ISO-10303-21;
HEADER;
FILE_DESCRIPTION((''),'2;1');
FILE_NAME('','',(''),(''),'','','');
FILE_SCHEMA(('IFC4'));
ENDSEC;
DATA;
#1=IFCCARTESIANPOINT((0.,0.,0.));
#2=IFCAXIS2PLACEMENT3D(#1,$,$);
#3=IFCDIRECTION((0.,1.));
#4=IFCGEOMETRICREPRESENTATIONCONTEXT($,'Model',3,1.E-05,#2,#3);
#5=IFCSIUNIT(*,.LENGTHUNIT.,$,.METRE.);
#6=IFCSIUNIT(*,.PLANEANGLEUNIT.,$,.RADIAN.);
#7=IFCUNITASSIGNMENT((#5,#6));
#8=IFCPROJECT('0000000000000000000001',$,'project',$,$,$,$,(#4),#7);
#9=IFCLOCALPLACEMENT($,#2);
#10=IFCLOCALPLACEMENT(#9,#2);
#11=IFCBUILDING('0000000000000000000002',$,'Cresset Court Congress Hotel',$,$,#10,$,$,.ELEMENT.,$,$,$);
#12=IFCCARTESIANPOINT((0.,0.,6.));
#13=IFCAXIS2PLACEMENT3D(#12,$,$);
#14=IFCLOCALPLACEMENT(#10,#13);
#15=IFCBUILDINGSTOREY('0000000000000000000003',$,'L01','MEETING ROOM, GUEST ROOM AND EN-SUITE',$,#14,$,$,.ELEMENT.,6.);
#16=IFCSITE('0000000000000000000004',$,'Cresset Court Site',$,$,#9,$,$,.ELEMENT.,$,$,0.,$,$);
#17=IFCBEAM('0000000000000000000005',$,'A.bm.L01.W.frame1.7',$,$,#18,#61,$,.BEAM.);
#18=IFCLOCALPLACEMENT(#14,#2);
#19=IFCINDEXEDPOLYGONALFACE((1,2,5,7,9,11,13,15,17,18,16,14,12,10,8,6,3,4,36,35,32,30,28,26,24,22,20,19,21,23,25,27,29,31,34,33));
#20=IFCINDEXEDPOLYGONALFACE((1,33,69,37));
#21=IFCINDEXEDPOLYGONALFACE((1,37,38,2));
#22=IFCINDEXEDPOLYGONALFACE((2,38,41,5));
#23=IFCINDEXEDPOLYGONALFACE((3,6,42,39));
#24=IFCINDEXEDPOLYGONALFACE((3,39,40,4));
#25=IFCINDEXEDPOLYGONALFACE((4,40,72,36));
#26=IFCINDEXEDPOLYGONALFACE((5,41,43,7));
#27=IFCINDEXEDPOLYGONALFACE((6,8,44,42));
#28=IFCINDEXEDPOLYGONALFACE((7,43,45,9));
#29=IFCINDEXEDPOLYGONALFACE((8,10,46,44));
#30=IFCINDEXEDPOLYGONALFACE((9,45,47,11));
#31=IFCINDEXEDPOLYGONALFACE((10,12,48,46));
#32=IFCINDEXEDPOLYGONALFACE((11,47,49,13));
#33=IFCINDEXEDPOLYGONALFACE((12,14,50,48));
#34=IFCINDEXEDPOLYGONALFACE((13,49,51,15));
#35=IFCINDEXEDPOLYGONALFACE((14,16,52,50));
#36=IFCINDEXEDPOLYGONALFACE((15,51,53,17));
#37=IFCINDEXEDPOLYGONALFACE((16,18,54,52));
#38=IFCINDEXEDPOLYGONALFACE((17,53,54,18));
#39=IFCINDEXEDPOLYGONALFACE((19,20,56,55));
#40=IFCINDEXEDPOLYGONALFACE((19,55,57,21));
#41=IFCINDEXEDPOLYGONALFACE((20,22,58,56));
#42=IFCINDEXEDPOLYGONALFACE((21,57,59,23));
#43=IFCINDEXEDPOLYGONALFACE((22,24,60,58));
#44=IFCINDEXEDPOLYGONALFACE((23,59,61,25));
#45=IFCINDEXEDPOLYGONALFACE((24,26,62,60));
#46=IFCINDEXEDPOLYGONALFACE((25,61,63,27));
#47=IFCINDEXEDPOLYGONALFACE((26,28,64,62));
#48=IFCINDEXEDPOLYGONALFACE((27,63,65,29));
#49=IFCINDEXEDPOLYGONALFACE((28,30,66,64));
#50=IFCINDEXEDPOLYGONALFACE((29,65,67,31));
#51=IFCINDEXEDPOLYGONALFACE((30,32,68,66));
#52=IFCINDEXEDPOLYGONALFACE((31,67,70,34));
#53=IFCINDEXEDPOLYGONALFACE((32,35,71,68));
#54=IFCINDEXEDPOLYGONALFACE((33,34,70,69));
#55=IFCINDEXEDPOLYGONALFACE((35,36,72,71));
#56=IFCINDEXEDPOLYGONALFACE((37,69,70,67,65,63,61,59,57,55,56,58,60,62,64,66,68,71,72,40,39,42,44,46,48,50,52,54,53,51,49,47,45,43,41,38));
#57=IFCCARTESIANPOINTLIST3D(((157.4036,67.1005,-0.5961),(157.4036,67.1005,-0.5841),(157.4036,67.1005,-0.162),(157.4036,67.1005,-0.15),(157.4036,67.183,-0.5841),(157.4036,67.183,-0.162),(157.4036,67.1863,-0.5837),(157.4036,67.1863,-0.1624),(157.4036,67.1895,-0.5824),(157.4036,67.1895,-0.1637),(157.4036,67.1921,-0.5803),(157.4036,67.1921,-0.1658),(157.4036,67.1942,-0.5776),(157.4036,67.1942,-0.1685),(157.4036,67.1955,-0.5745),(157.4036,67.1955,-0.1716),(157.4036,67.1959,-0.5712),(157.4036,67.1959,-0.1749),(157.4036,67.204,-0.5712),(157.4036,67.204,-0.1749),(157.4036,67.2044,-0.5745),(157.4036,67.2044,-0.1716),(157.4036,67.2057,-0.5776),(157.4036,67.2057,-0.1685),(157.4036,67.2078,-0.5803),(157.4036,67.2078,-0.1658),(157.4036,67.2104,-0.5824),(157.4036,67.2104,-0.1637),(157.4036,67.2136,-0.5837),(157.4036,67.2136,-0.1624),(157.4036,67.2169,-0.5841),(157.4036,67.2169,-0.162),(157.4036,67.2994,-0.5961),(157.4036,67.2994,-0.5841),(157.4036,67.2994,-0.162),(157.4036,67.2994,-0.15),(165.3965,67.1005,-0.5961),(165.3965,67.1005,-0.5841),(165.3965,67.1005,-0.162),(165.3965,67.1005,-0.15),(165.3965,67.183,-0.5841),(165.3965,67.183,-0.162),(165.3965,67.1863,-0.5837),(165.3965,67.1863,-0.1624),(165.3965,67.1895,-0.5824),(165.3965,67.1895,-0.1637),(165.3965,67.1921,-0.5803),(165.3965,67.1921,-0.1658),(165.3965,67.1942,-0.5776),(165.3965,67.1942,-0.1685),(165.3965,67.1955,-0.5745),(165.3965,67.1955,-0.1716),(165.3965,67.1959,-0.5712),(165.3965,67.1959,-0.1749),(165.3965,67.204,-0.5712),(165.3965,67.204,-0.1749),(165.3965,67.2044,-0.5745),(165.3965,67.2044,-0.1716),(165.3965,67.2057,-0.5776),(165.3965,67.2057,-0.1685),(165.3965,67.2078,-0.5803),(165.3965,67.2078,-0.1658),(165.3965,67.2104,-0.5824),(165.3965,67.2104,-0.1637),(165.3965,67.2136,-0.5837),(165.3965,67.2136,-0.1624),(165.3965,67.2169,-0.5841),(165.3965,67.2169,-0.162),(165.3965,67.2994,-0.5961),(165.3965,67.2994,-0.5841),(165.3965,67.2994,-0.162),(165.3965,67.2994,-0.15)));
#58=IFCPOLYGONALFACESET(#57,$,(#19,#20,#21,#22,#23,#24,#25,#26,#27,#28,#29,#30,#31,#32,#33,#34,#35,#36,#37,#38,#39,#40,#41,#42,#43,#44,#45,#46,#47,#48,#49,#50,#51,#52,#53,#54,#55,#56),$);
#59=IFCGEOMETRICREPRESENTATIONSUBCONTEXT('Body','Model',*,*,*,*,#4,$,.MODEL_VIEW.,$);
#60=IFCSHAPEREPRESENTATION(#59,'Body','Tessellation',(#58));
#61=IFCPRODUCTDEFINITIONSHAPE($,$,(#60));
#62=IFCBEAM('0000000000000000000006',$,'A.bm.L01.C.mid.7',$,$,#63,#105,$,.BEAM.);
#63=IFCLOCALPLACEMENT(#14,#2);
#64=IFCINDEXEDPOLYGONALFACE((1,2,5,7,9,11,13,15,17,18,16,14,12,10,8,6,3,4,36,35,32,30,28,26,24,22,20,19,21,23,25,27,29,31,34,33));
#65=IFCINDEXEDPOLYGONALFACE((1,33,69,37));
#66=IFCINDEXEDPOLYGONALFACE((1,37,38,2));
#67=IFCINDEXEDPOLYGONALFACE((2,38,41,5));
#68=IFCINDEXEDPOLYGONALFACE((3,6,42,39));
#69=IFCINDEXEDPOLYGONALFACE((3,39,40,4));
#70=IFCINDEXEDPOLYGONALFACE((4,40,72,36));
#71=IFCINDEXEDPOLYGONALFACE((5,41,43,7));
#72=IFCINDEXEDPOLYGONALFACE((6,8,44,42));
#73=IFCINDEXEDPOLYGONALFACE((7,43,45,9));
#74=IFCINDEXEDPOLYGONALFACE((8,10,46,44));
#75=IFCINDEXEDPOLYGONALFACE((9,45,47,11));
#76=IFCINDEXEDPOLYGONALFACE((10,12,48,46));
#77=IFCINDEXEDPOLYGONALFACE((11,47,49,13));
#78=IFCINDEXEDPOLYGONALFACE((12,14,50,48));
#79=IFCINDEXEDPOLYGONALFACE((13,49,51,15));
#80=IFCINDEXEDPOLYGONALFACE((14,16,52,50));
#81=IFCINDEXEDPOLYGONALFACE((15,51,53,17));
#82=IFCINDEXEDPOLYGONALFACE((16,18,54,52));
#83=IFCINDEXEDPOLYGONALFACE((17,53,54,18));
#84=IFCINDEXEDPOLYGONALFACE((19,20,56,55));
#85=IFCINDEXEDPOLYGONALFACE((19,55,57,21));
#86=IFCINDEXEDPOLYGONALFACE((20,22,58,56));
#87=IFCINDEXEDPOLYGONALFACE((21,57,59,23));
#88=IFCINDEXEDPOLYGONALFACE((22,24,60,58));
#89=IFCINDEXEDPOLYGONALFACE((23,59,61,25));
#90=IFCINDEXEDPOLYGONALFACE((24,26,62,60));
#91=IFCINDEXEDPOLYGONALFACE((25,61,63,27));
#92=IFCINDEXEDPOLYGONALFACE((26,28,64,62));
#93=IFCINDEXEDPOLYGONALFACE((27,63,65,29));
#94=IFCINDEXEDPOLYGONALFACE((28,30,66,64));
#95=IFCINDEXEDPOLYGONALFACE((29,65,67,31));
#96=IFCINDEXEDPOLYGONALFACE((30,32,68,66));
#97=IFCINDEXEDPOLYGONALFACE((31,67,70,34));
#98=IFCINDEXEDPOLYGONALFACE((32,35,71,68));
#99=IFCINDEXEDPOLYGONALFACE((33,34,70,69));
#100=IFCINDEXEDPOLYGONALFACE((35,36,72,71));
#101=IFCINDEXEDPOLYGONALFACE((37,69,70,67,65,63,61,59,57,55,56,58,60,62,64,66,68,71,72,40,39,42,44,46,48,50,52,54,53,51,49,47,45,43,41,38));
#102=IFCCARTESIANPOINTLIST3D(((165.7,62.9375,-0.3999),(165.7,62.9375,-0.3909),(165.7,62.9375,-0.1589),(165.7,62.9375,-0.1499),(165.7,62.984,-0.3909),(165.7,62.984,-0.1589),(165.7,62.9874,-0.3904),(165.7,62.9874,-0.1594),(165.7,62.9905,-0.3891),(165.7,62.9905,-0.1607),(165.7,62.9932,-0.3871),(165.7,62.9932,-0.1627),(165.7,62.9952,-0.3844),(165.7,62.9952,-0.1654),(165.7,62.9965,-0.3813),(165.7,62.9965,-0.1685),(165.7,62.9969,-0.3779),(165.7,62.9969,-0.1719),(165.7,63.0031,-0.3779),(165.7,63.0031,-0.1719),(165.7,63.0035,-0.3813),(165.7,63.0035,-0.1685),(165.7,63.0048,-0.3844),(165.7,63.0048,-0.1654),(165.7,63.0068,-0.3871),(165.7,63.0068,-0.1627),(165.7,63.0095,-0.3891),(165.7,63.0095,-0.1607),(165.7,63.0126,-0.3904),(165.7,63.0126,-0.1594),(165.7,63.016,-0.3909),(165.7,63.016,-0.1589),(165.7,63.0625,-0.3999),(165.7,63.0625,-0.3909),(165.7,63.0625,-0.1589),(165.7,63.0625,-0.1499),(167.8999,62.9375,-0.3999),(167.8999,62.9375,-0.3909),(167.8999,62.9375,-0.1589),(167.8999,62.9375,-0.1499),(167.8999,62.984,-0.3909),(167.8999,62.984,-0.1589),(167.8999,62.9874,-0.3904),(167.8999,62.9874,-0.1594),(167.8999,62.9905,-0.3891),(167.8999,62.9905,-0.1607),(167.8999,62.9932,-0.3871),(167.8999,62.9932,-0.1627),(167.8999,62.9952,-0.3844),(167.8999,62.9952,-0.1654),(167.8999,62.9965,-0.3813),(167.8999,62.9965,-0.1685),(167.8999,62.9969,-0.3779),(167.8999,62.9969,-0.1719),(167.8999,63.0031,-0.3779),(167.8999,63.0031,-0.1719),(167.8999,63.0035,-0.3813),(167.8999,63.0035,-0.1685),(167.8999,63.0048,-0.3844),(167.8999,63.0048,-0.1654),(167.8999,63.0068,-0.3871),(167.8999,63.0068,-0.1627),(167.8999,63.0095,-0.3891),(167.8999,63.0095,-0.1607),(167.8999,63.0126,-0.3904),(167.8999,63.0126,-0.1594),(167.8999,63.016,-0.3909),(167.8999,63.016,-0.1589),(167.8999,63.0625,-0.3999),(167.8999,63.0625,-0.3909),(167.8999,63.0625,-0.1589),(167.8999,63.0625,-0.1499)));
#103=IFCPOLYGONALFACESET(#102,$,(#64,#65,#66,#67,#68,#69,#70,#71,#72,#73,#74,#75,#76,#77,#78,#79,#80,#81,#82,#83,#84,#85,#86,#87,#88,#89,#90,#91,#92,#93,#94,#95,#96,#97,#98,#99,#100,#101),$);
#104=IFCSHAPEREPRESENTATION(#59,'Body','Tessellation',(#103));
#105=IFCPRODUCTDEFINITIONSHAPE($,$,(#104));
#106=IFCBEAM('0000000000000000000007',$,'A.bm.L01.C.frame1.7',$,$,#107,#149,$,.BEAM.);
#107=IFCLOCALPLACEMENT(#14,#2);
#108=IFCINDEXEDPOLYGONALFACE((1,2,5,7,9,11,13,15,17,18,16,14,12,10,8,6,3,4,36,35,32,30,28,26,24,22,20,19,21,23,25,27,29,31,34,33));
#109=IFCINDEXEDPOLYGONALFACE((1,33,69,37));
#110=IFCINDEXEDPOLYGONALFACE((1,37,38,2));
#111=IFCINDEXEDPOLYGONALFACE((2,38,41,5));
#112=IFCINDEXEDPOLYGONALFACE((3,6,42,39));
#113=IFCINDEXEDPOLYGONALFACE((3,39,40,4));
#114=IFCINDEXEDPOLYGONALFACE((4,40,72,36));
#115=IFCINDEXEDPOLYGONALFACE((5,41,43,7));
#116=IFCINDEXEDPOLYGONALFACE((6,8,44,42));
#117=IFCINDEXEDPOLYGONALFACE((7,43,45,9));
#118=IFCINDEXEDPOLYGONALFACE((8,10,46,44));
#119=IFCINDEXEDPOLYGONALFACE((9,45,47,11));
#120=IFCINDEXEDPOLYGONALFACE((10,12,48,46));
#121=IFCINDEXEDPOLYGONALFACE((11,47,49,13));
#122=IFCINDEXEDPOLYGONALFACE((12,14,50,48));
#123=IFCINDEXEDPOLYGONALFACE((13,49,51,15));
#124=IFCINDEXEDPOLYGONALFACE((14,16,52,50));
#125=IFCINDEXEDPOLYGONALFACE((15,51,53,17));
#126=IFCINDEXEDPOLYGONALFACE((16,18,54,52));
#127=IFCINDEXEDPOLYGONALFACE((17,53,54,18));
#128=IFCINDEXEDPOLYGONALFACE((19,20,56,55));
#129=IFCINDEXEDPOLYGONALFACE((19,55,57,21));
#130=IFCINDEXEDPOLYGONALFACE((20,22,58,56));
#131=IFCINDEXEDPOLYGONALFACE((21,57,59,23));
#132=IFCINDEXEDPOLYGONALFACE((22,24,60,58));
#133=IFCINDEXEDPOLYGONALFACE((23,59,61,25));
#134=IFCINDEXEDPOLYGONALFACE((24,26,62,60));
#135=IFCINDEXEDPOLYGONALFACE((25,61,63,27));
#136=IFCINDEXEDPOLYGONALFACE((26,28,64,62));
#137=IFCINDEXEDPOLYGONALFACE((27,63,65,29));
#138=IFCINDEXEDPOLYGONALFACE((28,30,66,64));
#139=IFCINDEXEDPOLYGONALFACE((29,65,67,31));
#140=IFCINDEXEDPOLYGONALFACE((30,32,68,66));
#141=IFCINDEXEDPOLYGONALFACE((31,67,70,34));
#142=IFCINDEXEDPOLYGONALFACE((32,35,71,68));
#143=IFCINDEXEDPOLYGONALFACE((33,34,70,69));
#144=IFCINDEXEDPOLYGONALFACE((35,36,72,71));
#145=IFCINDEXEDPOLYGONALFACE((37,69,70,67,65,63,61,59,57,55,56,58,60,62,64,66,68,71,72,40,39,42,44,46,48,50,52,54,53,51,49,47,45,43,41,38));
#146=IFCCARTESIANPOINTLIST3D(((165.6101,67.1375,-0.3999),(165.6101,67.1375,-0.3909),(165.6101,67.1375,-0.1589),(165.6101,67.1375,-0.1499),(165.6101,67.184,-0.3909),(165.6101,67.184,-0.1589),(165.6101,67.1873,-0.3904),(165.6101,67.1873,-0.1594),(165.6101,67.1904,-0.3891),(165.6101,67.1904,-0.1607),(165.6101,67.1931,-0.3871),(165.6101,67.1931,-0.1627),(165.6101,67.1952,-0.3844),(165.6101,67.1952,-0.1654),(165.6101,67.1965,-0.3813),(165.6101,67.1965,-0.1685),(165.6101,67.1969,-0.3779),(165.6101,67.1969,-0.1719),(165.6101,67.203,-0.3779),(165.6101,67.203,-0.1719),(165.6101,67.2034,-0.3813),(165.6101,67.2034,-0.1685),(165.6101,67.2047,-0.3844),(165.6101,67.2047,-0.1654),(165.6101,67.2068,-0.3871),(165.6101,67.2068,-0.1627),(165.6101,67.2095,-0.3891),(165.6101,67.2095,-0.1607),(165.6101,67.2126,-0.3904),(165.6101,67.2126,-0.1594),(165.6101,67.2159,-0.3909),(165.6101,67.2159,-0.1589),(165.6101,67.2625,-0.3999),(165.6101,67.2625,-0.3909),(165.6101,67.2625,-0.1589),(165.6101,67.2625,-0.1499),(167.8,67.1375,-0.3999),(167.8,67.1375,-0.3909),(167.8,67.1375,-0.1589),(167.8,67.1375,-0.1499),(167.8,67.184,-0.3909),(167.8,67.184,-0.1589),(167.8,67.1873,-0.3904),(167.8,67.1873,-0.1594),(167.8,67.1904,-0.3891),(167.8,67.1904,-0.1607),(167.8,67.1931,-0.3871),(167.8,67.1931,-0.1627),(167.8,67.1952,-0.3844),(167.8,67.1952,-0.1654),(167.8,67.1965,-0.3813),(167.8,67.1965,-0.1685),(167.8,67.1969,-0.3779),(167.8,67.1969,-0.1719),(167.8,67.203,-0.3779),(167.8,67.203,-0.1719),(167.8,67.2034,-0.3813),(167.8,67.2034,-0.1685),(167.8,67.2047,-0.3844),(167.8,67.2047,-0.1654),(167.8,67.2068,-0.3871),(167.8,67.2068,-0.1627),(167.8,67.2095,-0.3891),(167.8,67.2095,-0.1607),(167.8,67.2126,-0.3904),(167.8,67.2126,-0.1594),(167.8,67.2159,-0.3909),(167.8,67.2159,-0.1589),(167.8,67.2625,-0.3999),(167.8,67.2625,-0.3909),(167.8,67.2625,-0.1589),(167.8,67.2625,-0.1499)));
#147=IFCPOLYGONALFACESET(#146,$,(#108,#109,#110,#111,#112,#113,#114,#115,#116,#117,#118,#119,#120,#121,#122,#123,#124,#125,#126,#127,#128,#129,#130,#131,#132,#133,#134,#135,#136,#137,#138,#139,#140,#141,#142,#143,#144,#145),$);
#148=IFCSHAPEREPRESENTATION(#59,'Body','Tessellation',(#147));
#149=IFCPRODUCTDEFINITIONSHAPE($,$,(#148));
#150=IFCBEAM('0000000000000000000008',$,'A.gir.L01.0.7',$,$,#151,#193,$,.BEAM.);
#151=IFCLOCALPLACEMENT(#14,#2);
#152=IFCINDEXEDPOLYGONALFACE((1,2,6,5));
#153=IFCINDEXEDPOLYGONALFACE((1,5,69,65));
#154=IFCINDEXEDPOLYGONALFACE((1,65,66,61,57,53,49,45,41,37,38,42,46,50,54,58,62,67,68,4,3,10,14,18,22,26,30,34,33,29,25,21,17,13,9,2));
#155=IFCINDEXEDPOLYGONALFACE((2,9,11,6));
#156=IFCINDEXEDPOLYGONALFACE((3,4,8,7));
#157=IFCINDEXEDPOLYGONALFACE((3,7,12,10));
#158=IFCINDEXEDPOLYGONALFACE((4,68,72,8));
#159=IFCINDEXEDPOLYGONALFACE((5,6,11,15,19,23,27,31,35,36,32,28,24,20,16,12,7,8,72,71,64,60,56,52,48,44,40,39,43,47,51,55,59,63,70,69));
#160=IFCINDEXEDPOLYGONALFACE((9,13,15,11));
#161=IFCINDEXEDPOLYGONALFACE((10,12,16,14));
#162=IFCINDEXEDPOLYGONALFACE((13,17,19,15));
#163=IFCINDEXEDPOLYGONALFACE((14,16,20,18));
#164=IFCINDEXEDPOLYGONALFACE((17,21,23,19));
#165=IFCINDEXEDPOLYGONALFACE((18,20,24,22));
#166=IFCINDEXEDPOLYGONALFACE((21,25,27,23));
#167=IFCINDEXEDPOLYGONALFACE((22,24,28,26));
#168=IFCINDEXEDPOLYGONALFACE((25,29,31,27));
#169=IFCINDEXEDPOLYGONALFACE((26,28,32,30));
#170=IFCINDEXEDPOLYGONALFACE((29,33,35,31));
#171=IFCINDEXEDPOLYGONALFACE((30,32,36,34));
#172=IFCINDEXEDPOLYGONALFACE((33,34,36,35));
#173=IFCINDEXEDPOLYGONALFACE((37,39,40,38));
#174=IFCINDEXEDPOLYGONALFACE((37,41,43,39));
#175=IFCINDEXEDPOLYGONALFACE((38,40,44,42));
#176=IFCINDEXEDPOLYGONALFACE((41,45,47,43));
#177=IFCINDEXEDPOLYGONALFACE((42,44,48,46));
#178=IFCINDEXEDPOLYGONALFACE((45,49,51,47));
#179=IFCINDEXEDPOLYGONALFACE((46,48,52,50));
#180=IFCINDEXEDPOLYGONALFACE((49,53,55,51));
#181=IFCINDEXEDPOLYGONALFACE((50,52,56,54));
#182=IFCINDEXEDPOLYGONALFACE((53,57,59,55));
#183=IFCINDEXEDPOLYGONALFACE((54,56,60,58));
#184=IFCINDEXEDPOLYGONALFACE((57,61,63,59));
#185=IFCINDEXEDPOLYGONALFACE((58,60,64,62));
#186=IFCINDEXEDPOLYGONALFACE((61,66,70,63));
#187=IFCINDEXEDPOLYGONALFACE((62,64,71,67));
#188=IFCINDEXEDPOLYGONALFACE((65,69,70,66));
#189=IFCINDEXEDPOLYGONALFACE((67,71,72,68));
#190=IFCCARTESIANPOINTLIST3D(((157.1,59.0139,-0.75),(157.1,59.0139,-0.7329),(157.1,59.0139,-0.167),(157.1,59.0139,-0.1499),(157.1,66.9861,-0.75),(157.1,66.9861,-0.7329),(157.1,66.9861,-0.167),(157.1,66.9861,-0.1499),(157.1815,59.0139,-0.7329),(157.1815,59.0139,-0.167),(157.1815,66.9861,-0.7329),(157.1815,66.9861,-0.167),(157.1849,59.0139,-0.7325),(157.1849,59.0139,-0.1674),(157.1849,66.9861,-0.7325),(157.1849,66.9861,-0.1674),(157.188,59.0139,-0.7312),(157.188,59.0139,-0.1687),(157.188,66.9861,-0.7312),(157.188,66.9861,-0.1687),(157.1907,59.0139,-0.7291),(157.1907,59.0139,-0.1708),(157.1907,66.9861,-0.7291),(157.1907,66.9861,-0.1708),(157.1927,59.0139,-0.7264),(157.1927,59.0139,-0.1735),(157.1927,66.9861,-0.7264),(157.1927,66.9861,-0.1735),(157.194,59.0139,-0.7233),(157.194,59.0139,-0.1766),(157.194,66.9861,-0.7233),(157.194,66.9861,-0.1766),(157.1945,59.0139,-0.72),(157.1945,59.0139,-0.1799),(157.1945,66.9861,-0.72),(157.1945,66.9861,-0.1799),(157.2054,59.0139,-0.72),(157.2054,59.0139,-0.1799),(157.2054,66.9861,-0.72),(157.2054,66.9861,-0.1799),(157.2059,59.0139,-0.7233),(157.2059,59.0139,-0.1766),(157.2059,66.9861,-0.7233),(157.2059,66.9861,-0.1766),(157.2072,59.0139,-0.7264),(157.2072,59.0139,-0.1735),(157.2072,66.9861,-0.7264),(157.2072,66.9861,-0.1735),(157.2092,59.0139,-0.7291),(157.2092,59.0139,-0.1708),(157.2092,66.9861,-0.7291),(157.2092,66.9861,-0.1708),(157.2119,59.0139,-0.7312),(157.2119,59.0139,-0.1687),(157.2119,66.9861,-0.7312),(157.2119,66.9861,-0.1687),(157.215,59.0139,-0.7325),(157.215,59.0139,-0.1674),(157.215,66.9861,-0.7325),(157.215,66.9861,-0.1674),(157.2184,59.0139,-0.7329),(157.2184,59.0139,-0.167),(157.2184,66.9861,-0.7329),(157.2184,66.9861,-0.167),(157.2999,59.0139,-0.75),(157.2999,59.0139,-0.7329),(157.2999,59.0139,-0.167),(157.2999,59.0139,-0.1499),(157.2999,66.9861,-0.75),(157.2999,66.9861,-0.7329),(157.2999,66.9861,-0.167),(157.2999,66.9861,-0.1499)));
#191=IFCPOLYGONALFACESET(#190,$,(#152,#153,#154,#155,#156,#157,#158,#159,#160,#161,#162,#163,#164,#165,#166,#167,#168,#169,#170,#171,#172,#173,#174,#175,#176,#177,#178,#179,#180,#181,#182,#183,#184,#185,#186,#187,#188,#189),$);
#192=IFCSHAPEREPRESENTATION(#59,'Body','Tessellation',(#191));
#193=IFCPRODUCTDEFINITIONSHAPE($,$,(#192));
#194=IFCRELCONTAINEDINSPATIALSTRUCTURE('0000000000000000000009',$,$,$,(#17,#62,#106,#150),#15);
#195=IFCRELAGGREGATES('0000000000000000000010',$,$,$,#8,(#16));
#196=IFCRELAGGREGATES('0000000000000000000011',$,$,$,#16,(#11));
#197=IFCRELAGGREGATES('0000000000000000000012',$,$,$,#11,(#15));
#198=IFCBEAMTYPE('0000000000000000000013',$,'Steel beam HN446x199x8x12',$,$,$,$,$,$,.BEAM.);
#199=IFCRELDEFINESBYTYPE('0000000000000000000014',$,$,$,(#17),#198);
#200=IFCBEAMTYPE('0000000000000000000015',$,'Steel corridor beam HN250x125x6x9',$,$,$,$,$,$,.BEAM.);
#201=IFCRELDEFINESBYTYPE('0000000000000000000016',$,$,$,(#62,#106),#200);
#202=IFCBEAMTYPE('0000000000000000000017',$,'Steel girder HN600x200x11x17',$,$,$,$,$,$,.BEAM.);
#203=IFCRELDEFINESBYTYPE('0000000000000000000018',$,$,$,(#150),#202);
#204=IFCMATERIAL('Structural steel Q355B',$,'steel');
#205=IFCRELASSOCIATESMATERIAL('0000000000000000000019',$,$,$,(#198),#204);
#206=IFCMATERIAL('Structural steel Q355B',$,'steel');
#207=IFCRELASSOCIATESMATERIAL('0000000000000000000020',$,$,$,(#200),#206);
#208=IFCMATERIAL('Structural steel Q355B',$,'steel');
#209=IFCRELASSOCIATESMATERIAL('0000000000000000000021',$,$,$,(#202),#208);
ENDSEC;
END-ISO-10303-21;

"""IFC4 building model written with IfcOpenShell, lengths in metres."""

from ifc_helpers import new_model, si_unit, direction, frame, origin, origin_2d, place, context, subcontext, project, spatial, i_section, extrude, material, material_profile, profile_set, type_object, element, save


model = new_model("IFC4")

# Units and contexts
model_context = context("Model", 3, precision=1e-05, world=origin(), true_north=direction((0.0, 1.0)))
body_context = subcontext(model_context, "Body", "Model", "MODEL_VIEW")
ifc_project = project(units=[si_unit("LENGTHUNIT", "METRE"), si_unit("PLANEANGLEUNIT", "RADIAN")], contexts=[model_context])

# Site, building, storey
site_placement = place(None, origin())
site = spatial("IfcSite", under=ifc_project, at=site_placement, Name="Cresset Court Site", CompositionType="ELEMENT", RefElevation=0.0)
building_placement = place(site_placement, origin())
building = spatial("IfcBuilding", under=site, at=building_placement, Name="Cresset Court Congress Hotel", CompositionType="ELEMENT")
storey_placement = place(building_placement, frame((0.0, 0.0, 6.0)))
storey = spatial("IfcBuildingStorey", under=building, at=storey_placement, Name="L01", Description="MEETING ROOM, GUEST ROOM AND EN-SUITE", CompositionType="ELEMENT", Elevation=6.0)

# Beams
ifc_material_1 = material(Name="Structural steel Q355B", Category="steel")
ifc_material_profile_1 = material_profile(ifc_material_1, i_section(OverallWidth=0.199, OverallDepth=0.446, WebThickness=0.0081, FlangeThickness=0.012, FilletRadius=0.0129, at=origin_2d()), Name="HN446x199x8x12")
ifc_profile_set_1 = profile_set([ifc_material_profile_1], Name="Structural steel Q355B")
beam_type_1 = type_object("IfcBeamType", Name="Steel beam HN446x199x8x12", PredefinedType="BEAM", material=ifc_profile_set_1)
beam_1_placement = place(storey_placement, frame((157.4036, 67.2, -0.373), z_axis=(1.0, 0.0, 0.0), x_axis=(0.0, 1.0, 0.0)))
element("IfcBeam", 1, at=beam_1_placement, inside=storey, type_object=beam_type_1, Name="A.bm.L01.W.frame1.7", PredefinedType="BEAM", context=body_context, shape_type="SweptSolid", body=[
    extrude(i_section(OverallWidth=0.199, OverallDepth=0.446, WebThickness=0.0081, FlangeThickness=0.012, FilletRadius=0.0129, at=origin_2d()), origin(), (0.0, 0.0, 1.0), 7.9929),
])
ifc_material_2 = material(Name="Structural steel Q355B", Category="steel")
ifc_material_profile_2 = material_profile(ifc_material_2, i_section(OverallWidth=0.125, OverallDepth=0.25, WebThickness=0.0061, FlangeThickness=0.009, FilletRadius=0.0129, at=origin_2d()), Name="HN250x125x6x9")
ifc_profile_set_2 = profile_set([ifc_material_profile_2], Name="Structural steel Q355B")
beam_type_2 = type_object("IfcBeamType", Name="Steel corridor beam HN250x125x6x9", PredefinedType="BEAM", material=ifc_profile_set_2)
beam_2_placement = place(storey_placement, frame((165.7, 63.0, -0.2749), z_axis=(1.0, 0.0, 0.0), x_axis=(0.0, 1.0, 0.0)))
element("IfcBeam", 2, at=beam_2_placement, inside=storey, type_object=beam_type_2, Name="A.bm.L01.C.mid.7", PredefinedType="BEAM", context=body_context, shape_type="SweptSolid", body=[
    extrude(i_section(OverallWidth=0.125, OverallDepth=0.25, WebThickness=0.0061, FlangeThickness=0.009, FilletRadius=0.0129, at=origin_2d()), origin(), (0.0, 0.0, 1.0), 2.2),
])
beam_3_placement = place(storey_placement, frame((165.6101, 67.2, -0.2749), z_axis=(1.0, 0.0, 0.0), x_axis=(0.0, 1.0, 0.0)))
element("IfcBeam", 3, at=beam_3_placement, inside=storey, type_object=beam_type_2, Name="A.bm.L01.C.frame1.7", PredefinedType="BEAM", context=body_context, shape_type="SweptSolid", body=[
    extrude(i_section(OverallWidth=0.125, OverallDepth=0.25, WebThickness=0.0061, FlangeThickness=0.009, FilletRadius=0.0129, at=origin_2d()), origin(), (0.0, 0.0, 1.0), 2.1899),
])
ifc_material_3 = material(Name="Structural steel Q355B", Category="steel")
ifc_material_profile_3 = material_profile(ifc_material_3, i_section(OverallWidth=0.2, OverallDepth=0.6001, WebThickness=0.011, FlangeThickness=0.0171, FilletRadius=0.0129, at=origin_2d()), Name="HN600x200x11x17")
ifc_profile_set_3 = profile_set([ifc_material_profile_3], Name="Structural steel Q355B")
beam_type_3 = type_object("IfcBeamType", Name="Steel girder HN600x200x11x17", PredefinedType="BEAM", material=ifc_profile_set_3)
for number, where, z_axis, x_axis, name in (
    (4, (157.2, 59.0139, -0.45), (0.0, 1.0, 0.0), (-1.0, 0.0, 0.0), "A.gir.L01.0.7"),
):
    element("IfcBeam", number, at=place(storey_placement, frame(where, z_axis=z_axis, x_axis=x_axis)), inside=storey, type_object=beam_type_3, Name=name, PredefinedType="BEAM", context=body_context, shape_type="SweptSolid", body=[
        extrude(i_section(OverallWidth=0.2, OverallDepth=0.6001, WebThickness=0.011, FlangeThickness=0.0171, FilletRadius=0.0129, at=origin_2d()), origin(), (0.0, 0.0, 1.0), 7.9722),
    ])

save(model, "model.ifc")
